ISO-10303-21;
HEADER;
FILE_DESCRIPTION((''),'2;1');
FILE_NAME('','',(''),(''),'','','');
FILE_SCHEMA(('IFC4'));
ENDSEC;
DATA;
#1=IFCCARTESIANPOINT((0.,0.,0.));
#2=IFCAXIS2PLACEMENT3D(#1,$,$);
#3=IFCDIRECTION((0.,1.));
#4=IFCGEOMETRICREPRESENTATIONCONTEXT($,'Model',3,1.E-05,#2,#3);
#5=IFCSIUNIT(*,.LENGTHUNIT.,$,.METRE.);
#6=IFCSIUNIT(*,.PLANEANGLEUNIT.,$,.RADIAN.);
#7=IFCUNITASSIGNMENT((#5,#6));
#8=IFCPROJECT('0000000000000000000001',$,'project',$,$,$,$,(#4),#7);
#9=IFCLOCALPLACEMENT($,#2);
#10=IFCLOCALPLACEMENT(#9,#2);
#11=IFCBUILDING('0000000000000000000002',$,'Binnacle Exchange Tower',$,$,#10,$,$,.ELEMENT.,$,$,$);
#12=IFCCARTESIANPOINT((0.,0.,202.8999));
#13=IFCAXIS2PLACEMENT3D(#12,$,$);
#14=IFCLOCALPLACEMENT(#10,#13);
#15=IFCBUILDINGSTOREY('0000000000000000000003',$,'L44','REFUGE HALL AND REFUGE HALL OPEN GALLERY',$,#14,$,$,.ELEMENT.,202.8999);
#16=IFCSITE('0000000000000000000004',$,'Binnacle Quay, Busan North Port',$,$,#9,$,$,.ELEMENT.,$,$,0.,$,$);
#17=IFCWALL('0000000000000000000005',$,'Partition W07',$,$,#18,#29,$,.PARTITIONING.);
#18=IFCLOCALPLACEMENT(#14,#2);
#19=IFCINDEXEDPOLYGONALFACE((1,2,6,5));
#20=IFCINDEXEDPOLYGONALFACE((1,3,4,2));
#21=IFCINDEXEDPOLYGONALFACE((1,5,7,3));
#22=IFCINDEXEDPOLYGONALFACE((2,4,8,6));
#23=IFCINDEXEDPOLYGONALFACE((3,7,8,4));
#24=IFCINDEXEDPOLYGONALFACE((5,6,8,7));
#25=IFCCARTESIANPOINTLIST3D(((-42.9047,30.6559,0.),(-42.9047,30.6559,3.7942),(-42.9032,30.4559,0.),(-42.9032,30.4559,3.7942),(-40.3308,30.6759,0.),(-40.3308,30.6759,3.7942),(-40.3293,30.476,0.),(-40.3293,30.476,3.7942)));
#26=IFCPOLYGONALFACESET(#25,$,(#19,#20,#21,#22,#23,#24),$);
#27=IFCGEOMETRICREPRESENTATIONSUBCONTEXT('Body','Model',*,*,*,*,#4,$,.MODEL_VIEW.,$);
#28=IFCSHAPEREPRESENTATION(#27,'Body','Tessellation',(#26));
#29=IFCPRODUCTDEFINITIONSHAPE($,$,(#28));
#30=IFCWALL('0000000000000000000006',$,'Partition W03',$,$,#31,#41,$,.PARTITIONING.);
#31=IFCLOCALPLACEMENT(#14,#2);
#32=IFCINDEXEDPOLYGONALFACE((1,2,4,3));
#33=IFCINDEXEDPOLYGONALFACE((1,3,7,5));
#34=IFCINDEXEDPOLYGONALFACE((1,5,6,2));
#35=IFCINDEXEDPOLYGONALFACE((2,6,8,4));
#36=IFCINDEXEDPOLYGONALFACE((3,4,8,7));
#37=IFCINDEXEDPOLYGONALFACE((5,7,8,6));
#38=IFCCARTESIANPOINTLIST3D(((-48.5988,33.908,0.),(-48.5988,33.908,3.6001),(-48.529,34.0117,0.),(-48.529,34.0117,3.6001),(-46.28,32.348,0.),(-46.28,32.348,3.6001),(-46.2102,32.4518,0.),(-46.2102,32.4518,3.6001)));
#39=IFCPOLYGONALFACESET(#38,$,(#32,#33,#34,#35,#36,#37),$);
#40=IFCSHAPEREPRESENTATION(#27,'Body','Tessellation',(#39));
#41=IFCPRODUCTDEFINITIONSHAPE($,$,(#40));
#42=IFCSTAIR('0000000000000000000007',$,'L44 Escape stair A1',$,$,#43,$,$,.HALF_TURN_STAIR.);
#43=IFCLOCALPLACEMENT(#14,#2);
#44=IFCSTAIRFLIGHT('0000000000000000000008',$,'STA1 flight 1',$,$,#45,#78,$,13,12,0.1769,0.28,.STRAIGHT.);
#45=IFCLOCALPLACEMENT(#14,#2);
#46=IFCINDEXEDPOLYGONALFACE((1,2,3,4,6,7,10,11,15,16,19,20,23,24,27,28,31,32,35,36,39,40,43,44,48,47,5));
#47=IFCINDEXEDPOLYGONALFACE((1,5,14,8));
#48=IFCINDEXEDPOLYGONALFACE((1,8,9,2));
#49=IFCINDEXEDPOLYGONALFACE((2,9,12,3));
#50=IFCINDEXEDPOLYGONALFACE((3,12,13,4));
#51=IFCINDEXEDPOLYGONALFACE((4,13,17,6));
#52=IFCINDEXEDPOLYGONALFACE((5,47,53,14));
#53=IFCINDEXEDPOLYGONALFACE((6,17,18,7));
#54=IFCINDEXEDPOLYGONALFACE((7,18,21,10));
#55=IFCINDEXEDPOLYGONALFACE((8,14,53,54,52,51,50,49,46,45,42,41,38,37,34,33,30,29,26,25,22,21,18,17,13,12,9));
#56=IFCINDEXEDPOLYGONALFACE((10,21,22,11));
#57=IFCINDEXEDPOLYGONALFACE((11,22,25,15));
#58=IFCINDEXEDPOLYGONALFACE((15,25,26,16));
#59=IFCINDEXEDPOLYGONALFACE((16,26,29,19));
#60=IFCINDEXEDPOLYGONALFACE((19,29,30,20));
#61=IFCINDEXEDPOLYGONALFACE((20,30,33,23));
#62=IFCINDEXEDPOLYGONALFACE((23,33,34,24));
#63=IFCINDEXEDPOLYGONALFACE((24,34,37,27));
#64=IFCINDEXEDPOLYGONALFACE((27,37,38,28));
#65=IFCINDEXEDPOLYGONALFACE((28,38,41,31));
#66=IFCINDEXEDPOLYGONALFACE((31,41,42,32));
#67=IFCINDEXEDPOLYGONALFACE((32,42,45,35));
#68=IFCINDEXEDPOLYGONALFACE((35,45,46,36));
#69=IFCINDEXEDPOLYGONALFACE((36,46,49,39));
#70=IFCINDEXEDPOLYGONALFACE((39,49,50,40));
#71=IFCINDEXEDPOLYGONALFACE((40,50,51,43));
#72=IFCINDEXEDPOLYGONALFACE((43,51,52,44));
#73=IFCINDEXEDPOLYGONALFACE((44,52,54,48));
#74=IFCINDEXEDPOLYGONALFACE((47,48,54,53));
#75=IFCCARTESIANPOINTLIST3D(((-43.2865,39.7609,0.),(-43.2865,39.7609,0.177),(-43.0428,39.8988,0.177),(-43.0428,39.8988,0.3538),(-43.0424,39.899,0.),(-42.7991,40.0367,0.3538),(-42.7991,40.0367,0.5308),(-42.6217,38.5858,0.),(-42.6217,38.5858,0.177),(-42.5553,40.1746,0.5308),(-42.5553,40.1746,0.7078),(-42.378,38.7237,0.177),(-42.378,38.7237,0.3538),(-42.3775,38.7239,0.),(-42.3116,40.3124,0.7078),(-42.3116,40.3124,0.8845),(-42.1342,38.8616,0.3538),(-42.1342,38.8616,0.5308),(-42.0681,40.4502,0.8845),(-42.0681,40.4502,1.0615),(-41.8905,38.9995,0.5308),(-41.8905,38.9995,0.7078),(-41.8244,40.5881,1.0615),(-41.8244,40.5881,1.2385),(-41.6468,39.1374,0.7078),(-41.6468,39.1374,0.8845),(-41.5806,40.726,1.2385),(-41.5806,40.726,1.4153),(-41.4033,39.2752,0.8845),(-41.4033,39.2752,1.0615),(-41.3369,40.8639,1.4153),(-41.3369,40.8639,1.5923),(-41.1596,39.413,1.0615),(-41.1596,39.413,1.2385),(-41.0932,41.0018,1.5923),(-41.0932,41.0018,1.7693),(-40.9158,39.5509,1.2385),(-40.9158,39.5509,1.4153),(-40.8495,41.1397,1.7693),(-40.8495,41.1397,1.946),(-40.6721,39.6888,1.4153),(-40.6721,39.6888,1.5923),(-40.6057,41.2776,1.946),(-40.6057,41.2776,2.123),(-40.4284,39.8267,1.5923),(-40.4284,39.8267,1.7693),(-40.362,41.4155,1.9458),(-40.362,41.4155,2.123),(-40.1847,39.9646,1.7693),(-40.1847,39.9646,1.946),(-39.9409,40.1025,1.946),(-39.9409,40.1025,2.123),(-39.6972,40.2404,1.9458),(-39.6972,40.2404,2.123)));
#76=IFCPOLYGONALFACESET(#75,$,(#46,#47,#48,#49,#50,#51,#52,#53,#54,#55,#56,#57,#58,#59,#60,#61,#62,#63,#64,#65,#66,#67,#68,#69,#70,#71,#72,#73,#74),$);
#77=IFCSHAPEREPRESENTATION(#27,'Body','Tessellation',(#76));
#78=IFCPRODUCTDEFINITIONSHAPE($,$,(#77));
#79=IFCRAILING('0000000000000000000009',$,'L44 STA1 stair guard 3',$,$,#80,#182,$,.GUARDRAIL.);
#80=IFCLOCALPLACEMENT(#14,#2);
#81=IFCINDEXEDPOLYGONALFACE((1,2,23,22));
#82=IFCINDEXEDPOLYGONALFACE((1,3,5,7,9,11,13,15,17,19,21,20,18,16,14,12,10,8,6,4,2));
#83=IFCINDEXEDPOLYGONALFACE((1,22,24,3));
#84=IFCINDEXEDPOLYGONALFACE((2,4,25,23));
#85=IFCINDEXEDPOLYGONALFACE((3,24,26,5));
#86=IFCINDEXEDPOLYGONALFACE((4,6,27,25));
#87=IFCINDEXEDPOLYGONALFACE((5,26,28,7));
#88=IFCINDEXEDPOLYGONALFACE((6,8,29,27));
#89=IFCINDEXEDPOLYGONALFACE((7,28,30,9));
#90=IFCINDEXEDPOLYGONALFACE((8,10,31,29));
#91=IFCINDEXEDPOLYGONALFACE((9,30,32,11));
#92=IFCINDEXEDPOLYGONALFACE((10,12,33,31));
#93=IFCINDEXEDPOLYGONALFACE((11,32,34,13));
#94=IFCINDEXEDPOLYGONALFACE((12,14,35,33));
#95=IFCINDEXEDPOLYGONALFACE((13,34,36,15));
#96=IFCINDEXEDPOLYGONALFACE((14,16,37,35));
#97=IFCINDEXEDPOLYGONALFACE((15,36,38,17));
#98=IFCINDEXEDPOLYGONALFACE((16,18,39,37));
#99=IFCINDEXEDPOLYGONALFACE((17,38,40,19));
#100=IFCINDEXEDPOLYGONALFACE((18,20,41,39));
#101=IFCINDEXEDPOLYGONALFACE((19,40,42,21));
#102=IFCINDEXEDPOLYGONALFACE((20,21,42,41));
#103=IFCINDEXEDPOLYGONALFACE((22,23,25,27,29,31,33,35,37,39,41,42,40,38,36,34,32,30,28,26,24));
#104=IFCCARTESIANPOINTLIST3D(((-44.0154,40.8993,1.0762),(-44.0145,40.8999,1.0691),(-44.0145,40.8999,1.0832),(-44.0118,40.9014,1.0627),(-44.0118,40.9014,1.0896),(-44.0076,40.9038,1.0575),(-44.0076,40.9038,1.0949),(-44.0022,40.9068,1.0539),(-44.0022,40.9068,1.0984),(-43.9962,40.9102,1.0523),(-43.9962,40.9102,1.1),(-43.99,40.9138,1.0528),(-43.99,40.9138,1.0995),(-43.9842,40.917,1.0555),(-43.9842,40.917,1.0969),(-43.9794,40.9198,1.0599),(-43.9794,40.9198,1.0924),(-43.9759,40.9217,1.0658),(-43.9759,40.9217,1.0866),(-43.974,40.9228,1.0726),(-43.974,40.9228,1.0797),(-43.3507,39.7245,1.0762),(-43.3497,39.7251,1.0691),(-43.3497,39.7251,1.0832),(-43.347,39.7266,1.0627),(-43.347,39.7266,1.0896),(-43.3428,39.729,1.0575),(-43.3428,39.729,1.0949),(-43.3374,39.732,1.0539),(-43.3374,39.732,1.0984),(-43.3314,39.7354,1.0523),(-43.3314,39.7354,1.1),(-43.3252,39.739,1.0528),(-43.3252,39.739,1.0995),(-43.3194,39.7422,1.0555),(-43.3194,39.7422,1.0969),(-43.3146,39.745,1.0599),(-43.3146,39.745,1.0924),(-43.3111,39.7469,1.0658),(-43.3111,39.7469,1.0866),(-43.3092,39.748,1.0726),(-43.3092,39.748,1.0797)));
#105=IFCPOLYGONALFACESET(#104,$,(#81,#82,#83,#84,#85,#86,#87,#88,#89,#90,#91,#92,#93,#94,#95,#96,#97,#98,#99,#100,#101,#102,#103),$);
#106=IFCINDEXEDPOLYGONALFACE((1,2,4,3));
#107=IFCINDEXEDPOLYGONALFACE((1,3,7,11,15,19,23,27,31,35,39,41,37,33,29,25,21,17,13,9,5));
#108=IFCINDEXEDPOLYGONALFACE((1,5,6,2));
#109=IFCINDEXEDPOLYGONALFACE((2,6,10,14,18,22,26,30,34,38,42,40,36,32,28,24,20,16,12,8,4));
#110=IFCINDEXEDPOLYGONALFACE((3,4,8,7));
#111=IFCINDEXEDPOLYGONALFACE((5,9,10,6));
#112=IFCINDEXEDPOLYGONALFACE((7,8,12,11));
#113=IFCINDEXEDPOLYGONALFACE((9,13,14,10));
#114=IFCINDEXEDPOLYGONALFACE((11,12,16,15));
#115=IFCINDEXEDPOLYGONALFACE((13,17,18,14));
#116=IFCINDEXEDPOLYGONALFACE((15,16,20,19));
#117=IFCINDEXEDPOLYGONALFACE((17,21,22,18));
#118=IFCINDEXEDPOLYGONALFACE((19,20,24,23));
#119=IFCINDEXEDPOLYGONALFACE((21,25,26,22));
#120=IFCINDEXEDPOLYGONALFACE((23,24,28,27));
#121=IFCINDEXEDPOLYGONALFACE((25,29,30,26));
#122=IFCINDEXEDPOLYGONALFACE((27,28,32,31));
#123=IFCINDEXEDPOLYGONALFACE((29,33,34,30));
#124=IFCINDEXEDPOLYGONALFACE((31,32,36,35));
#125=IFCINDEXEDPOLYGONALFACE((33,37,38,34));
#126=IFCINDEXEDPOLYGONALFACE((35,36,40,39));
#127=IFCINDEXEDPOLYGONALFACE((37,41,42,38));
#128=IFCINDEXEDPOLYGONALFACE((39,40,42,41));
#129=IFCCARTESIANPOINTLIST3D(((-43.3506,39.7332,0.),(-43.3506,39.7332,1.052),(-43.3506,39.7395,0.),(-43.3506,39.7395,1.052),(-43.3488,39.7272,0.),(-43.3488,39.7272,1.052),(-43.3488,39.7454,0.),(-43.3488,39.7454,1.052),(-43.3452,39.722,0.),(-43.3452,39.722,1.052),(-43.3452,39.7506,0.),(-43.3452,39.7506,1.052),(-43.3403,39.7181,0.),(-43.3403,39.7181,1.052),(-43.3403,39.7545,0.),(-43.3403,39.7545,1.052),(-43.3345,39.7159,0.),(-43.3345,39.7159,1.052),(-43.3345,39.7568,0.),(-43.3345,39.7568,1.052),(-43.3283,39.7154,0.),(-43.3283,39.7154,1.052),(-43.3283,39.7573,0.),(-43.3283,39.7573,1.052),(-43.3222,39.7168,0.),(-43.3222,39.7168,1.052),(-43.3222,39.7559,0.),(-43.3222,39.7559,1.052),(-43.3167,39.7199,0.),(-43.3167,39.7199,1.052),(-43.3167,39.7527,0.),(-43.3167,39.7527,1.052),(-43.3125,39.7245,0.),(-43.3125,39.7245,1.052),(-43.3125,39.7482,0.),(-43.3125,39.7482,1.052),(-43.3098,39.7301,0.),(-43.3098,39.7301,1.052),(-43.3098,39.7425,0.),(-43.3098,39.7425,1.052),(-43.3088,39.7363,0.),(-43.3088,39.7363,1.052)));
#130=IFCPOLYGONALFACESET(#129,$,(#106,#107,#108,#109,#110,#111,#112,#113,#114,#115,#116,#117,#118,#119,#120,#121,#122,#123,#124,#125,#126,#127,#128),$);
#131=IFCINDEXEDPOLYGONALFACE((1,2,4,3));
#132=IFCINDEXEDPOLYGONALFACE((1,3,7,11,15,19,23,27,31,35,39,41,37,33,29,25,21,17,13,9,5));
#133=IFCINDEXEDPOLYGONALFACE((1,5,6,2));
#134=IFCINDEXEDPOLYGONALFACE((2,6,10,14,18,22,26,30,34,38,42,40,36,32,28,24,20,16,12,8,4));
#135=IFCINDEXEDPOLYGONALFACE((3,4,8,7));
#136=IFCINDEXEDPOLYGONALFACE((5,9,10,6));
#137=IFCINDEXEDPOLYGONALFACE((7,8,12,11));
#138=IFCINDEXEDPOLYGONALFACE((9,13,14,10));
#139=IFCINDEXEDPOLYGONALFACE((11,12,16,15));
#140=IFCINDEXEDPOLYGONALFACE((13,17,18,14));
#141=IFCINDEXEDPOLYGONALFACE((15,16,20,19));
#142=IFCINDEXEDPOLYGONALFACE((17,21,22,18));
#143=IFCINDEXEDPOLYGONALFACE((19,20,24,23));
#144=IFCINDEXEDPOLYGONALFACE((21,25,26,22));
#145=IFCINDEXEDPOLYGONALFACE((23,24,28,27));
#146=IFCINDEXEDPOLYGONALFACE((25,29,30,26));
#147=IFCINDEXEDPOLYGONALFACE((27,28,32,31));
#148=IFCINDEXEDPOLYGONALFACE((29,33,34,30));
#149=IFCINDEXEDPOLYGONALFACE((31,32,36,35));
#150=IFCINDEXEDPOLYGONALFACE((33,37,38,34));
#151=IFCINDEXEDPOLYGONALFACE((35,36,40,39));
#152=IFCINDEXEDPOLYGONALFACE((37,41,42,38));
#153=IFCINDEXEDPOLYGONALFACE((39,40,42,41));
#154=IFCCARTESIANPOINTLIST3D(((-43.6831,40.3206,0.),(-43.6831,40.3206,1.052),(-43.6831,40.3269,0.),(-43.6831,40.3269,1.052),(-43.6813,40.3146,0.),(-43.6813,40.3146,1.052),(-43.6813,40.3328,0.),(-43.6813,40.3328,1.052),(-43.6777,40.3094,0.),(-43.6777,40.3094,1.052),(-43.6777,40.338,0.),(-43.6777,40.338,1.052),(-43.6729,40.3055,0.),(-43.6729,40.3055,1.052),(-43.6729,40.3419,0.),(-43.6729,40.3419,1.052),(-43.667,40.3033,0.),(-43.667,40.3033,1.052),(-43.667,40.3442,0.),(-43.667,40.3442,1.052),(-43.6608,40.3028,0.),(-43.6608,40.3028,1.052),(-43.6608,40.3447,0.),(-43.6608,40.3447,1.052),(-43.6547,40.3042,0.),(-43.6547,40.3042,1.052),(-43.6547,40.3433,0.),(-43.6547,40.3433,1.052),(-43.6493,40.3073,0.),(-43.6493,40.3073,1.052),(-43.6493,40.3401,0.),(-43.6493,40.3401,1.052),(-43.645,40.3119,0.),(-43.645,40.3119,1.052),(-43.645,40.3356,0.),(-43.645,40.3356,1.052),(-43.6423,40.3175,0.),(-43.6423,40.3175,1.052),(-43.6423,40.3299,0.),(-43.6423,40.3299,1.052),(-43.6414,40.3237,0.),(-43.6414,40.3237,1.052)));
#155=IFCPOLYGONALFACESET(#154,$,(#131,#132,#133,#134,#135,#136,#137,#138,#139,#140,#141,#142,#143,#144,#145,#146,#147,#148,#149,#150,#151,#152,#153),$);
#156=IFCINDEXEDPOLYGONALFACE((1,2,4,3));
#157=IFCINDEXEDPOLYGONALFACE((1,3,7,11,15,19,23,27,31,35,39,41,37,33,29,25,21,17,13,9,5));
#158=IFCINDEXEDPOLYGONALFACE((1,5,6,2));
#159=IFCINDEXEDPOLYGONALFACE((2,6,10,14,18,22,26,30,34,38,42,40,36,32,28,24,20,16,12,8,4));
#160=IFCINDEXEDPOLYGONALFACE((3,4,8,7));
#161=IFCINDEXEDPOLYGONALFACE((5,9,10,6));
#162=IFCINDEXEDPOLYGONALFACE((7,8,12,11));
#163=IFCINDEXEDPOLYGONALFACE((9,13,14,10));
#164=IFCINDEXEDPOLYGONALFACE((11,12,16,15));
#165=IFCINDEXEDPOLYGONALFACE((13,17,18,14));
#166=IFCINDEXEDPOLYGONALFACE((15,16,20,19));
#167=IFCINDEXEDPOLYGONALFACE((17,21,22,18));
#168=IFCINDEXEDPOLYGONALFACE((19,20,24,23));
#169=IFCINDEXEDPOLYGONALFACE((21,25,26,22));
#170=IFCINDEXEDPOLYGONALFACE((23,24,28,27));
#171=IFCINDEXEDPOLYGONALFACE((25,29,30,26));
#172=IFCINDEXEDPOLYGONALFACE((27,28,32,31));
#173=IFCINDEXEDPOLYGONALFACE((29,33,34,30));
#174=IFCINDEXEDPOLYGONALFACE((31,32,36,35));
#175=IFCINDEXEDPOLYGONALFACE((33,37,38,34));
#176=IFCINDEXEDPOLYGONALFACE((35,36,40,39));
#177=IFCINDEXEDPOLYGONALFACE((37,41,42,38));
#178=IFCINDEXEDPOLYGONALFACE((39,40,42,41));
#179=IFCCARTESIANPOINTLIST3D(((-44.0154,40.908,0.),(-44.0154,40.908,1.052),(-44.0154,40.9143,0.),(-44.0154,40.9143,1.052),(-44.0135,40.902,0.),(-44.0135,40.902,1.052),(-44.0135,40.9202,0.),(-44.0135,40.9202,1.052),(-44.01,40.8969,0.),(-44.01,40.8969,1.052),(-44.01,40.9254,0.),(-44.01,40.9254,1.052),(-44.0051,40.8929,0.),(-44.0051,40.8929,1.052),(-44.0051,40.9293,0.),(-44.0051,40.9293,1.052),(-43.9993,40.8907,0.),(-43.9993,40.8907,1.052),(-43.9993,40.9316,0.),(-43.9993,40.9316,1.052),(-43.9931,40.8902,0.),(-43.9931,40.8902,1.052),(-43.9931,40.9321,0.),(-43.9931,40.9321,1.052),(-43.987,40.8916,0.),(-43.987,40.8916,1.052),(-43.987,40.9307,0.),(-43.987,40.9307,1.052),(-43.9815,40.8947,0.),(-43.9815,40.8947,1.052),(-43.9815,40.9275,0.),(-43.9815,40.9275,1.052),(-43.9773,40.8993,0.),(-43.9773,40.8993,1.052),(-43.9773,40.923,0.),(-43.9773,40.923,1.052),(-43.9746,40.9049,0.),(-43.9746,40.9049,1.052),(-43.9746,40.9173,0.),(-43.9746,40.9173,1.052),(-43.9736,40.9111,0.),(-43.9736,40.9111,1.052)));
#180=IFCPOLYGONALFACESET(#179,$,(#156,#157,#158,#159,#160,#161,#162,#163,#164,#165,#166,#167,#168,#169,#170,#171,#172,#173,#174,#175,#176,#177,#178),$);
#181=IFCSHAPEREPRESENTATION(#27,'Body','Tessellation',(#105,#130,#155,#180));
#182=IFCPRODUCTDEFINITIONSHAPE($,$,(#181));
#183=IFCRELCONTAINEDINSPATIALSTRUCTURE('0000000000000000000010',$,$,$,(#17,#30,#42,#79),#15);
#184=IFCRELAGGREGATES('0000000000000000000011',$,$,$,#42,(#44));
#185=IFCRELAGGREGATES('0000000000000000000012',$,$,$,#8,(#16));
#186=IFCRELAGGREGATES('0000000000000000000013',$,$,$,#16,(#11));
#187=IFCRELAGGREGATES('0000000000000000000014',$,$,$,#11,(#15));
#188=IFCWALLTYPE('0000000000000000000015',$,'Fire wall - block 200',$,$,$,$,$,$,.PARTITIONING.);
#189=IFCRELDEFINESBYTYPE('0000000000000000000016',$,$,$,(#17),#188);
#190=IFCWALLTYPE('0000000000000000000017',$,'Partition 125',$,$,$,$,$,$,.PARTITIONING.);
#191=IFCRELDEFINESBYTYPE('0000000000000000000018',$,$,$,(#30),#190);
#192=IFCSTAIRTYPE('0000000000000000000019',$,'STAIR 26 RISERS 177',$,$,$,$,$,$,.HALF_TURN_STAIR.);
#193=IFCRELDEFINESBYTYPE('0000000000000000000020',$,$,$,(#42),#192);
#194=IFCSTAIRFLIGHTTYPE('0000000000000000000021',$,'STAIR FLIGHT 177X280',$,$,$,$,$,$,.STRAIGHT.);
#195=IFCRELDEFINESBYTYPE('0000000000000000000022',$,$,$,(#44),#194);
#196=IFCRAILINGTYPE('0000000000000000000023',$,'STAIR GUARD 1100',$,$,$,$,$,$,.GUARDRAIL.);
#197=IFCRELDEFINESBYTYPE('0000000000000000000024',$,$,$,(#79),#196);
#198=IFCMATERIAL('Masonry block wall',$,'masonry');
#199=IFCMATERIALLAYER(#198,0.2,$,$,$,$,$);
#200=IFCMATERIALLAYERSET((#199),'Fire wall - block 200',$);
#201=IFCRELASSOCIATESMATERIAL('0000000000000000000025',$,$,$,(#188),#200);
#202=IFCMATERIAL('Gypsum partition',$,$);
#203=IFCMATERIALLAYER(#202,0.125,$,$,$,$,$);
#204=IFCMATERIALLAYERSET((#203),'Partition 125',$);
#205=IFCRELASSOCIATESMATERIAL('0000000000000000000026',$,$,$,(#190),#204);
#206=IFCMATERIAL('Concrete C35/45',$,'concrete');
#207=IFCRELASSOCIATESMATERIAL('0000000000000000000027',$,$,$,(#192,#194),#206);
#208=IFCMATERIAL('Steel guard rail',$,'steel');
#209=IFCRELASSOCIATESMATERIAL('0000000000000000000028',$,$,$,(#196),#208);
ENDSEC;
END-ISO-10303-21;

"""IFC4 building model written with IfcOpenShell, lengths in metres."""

from ifc_helpers import new_model, si_unit, direction, frame, frame_2d, origin, origin_2d, place, context, subcontext, project, spatial, polyline, rectangle, circle, outline, extrude, material, layer, layer_set, type_object, element, aggregate, save


model = new_model("IFC4")

# Units and contexts
model_context = context("Model", 3, precision=1e-05, world=origin(), true_north=direction((0.0, 1.0)))
body_context = subcontext(model_context, "Body", "Model", "MODEL_VIEW")
ifc_project = project(units=[si_unit("LENGTHUNIT", "METRE"), si_unit("PLANEANGLEUNIT", "RADIAN")], contexts=[model_context])

# Site, building, storey
site_placement = place(None, origin())
site = spatial("IfcSite", under=ifc_project, at=site_placement, Name="Binnacle Quay, Busan North Port", CompositionType="ELEMENT", RefElevation=0.0)
building_placement = place(site_placement, origin())
building = spatial("IfcBuilding", under=site, at=building_placement, Name="Binnacle Exchange Tower", CompositionType="ELEMENT")
storey_placement = place(building_placement, frame((0.0, 0.0, 202.8999)))
storey = spatial("IfcBuildingStorey", under=building, at=storey_placement, Name="L44", Description="REFUGE HALL AND REFUGE HALL OPEN GALLERY", CompositionType="ELEMENT", Elevation=202.8999)

# Shared definitions
ifc_material_1 = material(Name="Masonry block wall", Category="masonry")
ifc_layer_1 = layer(ifc_material_1, 0.2)
ifc_layer_set_1 = layer_set([ifc_layer_1], Name="Fire wall - block 200")
wall_type_1 = type_object("IfcWallType", Name="Fire wall - block 200", PredefinedType="PARTITIONING", material=ifc_layer_set_1)

# Walls
wall_1_placement = place(storey_placement, frame((-42.9041, 30.5559, 0.0), z_axis=(0.0, 0.0, 1.0), x_axis=(0.99997, 0.007777, 0.0)))
element("IfcWall", 1, at=wall_1_placement, inside=storey, type_object=wall_type_1, Name="Partition W07", PredefinedType="PARTITIONING", context=body_context, shape_type="SweptSolid", body=[
    extrude(rectangle(XDim=2.574, YDim=0.2, at=frame_2d((1.2871, 0.0))), origin(), (0.0, 0.0, 1.0), 3.7942),
])
ifc_material_2 = material(Name="Gypsum partition")
ifc_layer_2 = layer(ifc_material_2, 0.125)
ifc_layer_set_2 = layer_set([ifc_layer_2], Name="Partition 125")
wall_type_2 = type_object("IfcWallType", Name="Partition 125", PredefinedType="PARTITIONING", material=ifc_layer_set_2)
wall_2_placement = place(storey_placement, frame((-48.564, 33.96, 0.0), z_axis=(0.0, 0.0, 1.0), x_axis=(0.829704, -0.558203, 0.0)))
element("IfcWall", 2, at=wall_2_placement, inside=storey, type_object=wall_type_2, Name="Partition W03", PredefinedType="PARTITIONING", context=body_context, shape_type="SweptSolid", body=[
    extrude(rectangle(XDim=2.7947, YDim=0.125, at=frame_2d((1.3975, 0.0))), origin(), (0.0, 0.0, 1.0), 3.6001),
])

# Stair, stair flight
ifc_material_3 = material(Name="Concrete C35/45", Category="concrete")
stair_type = type_object("IfcStairType", Name="STAIR 26 RISERS 177", PredefinedType="HALF_TURN_STAIR", material=ifc_material_3)
stair_placement = place(storey_placement, origin())
stair = element("IfcStair", 3, at=stair_placement, inside=storey, type_object=stair_type, Name="L44 Escape stair A1", PredefinedType="HALF_TURN_STAIR")
stair_flight_type = type_object("IfcStairFlightType", Name="STAIR FLIGHT 177X280", PredefinedType="STRAIGHT", material=ifc_material_3)
stair_flight_placement = place(storey_placement, frame((-42.9541, 39.1733, 0.0), z_axis=(0.0, 0.0, 1.0), x_axis=(0.870356, 0.492424, 0.0)))
stair_flight = element("IfcStairFlight", 4, at=stair_flight_placement, type_object=stair_flight_type, Name="STA1 flight 1", NumberOfRisers=13, NumberOfTreads=12, PredefinedType="STRAIGHT", RiserHeight=0.1769, TreadLength=0.28, context=body_context, shape_type="SweptSolid", body=[
    extrude(outline(polyline([(0.0, 0.0), (0.0, 0.177), (0.28, 0.177), (0.28, 0.3538), (0.5601, 0.3538), (0.5601, 0.5308), (0.8401, 0.5308), (0.8401, 0.7078), (1.1201, 0.7078), (1.1201, 0.8845), (1.3999, 0.8845), (1.3999, 1.0615), (1.6799, 1.0615), (1.6799, 1.2385), (1.96, 1.2385), (1.96, 1.4153), (2.24, 1.4153), (2.24, 1.5923), (2.52, 1.5923), (2.52, 1.7693), (2.8, 1.7693), (2.8, 1.946), (3.0801, 1.946), (3.0801, 2.123), (3.3601, 2.123), (3.3601, 2.3), (3.3601, 1.9458), (0.2805, 0.0), (0.0, 0.0)])), frame((0.0, 0.675, 0.0), z_axis=(0.0, -1.0, 0.0), x_axis=(1.0, 0.0, 0.0)), (0.0, 0.0, 1.0), 1.3501),
])
aggregate(stair, [stair_flight])

# Railing
ifc_material_4 = material(Name="Steel guard rail", Category="steel")
railing_type_1 = type_object("IfcRailingType", Name="STAIR GUARD 1100", PredefinedType="GUARDRAIL", material=ifc_material_4)
railing_1_placement = place(storey_placement, frame((-43.3298, 39.7363, 0.0)))
element("IfcRailing", 5, at=railing_1_placement, inside=storey, type_object=railing_type_1, Name="L44 STA1 stair guard 3", PredefinedType="GUARDRAIL", context=body_context, shape_type="SweptSolid", body=[
    extrude(circle(Radius=0.0239, at=origin_2d()), frame((0.0, 0.0, 1.0762), z_axis=(-0.492492, 0.870317, 0.0), x_axis=(-0.870317, -0.492492, 0.0)), (0.0, 0.0, 1.0), 1.3499),
    extrude(circle(Radius=0.021, at=origin_2d()), origin(), (0.0, 0.0, 1.0), 1.052),
    extrude(circle(Radius=0.021, at=origin_2d()), frame((-0.3325, 0.5874, 0.0)), (0.0, 0.0, 1.0), 1.052),
    extrude(circle(Radius=0.021, at=origin_2d()), frame((-0.6648, 1.1748, 0.0)), (0.0, 0.0, 1.0), 1.052),
])

save(model, "model.ifc")
